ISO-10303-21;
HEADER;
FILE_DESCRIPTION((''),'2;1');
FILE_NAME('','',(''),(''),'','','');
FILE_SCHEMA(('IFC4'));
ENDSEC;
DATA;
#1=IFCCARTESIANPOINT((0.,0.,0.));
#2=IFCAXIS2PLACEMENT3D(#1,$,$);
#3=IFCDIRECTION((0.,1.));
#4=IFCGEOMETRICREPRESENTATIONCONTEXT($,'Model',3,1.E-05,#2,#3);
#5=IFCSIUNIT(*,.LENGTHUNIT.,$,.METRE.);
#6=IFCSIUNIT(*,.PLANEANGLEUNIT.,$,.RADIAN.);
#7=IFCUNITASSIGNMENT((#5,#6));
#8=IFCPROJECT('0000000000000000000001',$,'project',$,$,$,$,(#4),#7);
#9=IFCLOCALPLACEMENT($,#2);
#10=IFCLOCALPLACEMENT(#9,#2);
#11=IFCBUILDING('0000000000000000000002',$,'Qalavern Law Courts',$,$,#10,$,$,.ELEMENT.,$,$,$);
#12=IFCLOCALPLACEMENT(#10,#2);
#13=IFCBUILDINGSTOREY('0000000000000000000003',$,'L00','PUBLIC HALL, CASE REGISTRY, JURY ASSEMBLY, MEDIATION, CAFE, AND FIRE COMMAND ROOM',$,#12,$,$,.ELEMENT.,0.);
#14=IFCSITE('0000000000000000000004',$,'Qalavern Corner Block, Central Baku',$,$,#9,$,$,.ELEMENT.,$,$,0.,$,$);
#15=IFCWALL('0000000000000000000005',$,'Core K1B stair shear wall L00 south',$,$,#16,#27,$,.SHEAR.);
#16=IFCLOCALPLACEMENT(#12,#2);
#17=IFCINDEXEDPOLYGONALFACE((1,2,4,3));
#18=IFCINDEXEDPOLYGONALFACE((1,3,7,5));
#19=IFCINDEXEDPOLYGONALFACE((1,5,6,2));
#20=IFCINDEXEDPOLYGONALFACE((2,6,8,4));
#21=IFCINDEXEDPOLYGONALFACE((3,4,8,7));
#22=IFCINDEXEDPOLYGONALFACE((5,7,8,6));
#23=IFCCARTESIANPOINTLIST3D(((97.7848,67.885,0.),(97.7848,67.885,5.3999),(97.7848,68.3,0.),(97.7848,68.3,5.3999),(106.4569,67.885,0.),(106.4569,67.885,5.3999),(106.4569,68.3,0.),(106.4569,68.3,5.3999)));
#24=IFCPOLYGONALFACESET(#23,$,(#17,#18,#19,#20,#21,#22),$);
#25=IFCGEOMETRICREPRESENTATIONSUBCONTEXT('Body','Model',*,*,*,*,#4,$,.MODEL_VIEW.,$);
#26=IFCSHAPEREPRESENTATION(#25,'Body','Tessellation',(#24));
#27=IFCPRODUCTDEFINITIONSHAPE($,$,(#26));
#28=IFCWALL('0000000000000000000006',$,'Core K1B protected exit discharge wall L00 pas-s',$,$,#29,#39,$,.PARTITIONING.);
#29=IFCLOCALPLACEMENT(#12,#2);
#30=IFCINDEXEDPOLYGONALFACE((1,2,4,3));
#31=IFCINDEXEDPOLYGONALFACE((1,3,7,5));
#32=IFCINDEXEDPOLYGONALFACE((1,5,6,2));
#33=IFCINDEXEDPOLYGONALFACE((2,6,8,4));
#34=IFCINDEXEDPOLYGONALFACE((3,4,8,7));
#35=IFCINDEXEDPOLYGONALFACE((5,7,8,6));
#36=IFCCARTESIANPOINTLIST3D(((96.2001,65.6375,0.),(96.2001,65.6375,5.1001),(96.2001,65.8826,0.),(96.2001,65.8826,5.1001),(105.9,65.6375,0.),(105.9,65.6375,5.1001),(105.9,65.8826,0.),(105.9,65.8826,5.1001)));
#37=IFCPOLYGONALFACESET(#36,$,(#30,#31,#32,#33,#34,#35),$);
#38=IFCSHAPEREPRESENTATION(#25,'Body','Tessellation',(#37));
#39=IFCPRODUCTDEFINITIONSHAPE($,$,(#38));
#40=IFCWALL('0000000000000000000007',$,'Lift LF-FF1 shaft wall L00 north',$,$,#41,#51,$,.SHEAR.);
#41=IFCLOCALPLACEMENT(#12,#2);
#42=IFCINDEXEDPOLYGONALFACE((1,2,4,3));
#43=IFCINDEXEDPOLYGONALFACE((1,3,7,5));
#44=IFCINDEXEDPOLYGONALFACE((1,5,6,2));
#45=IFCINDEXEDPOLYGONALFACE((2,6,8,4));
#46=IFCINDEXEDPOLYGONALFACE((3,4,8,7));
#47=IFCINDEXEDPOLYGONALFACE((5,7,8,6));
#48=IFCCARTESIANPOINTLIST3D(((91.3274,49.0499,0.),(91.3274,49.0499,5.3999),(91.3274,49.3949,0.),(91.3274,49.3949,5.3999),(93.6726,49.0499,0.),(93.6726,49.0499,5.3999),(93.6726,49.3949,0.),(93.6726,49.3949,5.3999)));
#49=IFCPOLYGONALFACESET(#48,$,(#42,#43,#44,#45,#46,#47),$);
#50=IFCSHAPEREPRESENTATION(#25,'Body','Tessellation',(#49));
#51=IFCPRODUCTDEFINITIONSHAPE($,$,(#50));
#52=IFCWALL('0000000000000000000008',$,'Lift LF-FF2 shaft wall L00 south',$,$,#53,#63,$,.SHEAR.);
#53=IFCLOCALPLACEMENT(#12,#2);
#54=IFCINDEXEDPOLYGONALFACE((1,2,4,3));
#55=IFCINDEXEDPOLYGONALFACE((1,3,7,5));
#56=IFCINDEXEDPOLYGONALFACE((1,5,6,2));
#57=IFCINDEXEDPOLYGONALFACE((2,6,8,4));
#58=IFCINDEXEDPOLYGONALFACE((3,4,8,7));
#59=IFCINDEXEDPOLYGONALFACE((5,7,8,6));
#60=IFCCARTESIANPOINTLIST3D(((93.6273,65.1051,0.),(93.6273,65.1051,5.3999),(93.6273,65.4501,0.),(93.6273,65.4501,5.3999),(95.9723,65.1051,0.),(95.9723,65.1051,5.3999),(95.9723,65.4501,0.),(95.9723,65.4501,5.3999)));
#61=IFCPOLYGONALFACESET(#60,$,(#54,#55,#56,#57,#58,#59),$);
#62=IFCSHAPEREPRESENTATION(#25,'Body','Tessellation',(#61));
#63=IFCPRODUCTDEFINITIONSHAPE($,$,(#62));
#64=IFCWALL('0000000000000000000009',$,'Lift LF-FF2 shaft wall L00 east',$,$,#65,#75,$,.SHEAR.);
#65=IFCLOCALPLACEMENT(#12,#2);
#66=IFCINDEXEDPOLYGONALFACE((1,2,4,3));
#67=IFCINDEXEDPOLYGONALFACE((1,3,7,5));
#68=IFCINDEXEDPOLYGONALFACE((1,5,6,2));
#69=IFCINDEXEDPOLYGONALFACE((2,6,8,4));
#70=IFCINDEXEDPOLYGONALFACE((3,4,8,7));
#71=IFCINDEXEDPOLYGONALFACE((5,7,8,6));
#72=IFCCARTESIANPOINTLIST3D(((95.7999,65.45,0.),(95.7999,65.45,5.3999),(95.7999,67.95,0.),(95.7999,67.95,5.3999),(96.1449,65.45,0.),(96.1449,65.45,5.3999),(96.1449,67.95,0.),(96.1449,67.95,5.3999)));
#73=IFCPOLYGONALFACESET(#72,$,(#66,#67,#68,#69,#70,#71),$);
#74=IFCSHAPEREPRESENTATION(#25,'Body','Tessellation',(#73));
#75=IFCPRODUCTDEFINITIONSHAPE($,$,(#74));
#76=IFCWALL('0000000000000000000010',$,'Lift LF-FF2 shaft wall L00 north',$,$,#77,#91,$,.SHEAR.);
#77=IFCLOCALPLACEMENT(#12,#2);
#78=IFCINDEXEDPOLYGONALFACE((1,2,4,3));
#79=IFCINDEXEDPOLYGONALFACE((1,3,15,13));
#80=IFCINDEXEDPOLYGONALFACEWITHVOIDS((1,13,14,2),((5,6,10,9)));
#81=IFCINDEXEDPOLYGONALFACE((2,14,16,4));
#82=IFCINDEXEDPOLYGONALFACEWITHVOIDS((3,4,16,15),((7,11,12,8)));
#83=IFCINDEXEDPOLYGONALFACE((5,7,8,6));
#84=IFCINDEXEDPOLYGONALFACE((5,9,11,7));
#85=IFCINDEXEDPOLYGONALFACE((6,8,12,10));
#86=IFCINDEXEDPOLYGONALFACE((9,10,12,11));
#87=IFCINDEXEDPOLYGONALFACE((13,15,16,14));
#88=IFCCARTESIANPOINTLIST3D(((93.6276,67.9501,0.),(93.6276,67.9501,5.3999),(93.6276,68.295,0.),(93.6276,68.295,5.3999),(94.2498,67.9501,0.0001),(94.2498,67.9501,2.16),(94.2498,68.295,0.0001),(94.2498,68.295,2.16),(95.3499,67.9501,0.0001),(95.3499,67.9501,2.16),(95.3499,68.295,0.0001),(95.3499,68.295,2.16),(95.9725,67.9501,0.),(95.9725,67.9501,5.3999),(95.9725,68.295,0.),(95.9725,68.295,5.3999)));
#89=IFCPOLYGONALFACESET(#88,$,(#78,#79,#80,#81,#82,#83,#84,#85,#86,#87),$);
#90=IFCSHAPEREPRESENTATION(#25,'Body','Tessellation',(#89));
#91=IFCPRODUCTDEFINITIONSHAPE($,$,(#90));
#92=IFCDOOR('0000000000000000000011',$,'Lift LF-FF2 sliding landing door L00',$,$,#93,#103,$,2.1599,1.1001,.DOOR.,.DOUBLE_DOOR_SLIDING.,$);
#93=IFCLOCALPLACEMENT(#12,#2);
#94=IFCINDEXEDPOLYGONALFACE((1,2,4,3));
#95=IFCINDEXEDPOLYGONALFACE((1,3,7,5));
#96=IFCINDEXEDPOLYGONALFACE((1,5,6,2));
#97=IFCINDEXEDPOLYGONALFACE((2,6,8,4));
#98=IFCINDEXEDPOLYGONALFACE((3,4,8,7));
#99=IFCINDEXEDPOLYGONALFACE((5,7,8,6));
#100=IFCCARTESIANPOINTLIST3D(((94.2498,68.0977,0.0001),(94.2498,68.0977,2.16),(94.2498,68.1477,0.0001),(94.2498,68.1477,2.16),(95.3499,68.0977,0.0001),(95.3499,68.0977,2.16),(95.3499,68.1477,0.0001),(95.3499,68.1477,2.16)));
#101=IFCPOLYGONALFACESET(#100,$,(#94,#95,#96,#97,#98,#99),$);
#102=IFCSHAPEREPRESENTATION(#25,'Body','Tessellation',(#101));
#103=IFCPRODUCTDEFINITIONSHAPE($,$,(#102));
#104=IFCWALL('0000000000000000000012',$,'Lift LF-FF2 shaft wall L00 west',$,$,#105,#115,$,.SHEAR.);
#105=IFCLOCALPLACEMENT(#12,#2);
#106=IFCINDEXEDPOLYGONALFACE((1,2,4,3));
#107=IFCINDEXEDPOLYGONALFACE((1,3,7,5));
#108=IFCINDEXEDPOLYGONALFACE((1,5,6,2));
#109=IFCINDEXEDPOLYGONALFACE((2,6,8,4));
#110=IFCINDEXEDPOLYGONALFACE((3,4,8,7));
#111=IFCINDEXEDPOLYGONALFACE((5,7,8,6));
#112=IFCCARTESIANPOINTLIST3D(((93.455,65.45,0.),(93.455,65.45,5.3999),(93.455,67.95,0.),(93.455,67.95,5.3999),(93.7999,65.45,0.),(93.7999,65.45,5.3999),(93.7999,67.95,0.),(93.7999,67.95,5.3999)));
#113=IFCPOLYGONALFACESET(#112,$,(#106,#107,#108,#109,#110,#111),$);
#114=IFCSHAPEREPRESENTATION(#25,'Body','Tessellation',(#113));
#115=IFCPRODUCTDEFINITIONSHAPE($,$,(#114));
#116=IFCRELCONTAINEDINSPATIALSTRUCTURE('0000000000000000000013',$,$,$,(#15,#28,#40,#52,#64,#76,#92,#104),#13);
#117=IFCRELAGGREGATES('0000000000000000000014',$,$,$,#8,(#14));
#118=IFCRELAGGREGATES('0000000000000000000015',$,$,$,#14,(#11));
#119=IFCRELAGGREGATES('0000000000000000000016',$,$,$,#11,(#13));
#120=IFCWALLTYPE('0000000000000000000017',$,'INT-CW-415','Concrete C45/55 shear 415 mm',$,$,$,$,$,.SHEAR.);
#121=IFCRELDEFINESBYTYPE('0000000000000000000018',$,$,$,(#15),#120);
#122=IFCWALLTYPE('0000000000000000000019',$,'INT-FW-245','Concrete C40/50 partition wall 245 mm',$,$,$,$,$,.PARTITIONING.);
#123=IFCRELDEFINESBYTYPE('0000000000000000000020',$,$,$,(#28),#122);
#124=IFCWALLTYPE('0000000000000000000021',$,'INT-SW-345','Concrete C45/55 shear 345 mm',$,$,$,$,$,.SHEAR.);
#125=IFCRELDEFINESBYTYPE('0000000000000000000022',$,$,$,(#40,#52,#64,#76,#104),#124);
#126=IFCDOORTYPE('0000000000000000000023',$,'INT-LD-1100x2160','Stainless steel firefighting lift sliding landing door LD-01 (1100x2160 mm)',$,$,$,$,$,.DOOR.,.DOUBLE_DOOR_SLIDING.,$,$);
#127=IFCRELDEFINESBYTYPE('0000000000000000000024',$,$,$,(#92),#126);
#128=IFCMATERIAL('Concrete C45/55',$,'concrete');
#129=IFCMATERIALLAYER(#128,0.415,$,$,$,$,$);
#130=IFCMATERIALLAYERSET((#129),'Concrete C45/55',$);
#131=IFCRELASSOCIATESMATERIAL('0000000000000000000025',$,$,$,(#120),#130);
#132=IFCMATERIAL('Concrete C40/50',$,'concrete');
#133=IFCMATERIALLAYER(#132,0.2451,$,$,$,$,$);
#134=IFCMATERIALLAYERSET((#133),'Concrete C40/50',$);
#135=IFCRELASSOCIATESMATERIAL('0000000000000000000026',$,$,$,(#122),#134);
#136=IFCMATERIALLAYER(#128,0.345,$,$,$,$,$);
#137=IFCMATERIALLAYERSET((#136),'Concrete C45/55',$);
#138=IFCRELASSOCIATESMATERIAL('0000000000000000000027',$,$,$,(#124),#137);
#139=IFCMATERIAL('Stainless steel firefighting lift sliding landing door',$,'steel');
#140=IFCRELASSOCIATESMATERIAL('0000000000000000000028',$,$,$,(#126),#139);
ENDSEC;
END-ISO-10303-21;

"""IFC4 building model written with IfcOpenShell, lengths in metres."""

from ifc_helpers import new_model, si_unit, direction, frame, frame_2d, origin, place, context, subcontext, project, spatial, rectangle, extrude, material, layer, layer_set, type_object, element, fill, save


model = new_model("IFC4")

# Units and contexts
model_context = context("Model", 3, precision=1e-05, world=origin(), true_north=direction((0.0, 1.0)))
body_context = subcontext(model_context, "Body", "Model", "MODEL_VIEW")
ifc_project = project(units=[si_unit("LENGTHUNIT", "METRE"), si_unit("PLANEANGLEUNIT", "RADIAN")], contexts=[model_context])

# Site, building, storey
site_placement = place(None, origin())
site = spatial("IfcSite", under=ifc_project, at=site_placement, Name="Qalavern Corner Block, Central Baku", CompositionType="ELEMENT", RefElevation=0.0)
building_placement = place(site_placement, origin())
building = spatial("IfcBuilding", under=site, at=building_placement, Name="Qalavern Law Courts", CompositionType="ELEMENT")
storey_placement = place(building_placement, origin())
storey = spatial("IfcBuildingStorey", under=building, at=storey_placement, Name="L00", Description="PUBLIC HALL, CASE REGISTRY, JURY ASSEMBLY, MEDIATION, CAFE, AND FIRE COMMAND ROOM", CompositionType="ELEMENT", Elevation=0.0)

# Shared definitions
ifc_material_1 = material(Name="Concrete C45/55", Category="concrete")

# Shared definitions
ifc_material_2 = material(Name="Concrete C40/50", Category="concrete")

# Walls
ifc_layer_1 = layer(ifc_material_1, 0.415)
ifc_layer_set_1 = layer_set([ifc_layer_1], Name="Concrete C45/55")
wall_type_1 = type_object("IfcWallType", Name="INT-CW-415", Description="Concrete C45/55 shear 415 mm", PredefinedType="SHEAR", material=ifc_layer_set_1)
wall_1_placement = place(storey_placement, frame((97.7849, 68.0925, 0.0), z_axis=(0.0, 0.0, 1.0), x_axis=(1.0, 0.0, 0.0)))
element("IfcWall", 1, at=wall_1_placement, inside=storey, type_object=wall_type_1, Name="Core K1B stair shear wall L00 south", PredefinedType="SHEAR", context=body_context, shape_type="SweptSolid", body=[
    extrude(rectangle(XDim=8.6721, YDim=0.415, at=frame_2d((4.3359, 0.0))), origin(), (0.0, 0.0, 1.0), 5.3999),
])
ifc_layer_2 = layer(ifc_material_2, 0.2451)
ifc_layer_set_2 = layer_set([ifc_layer_2], Name="Concrete C40/50")
wall_type_2 = type_object("IfcWallType", Name="INT-FW-245", Description="Concrete C40/50 partition wall 245 mm", PredefinedType="PARTITIONING", material=ifc_layer_set_2)
wall_2_placement = place(storey_placement, frame((96.2, 65.76, 0.0), z_axis=(0.0, 0.0, 1.0), x_axis=(1.0, 0.0, 0.0)))
element("IfcWall", 2, at=wall_2_placement, inside=storey, type_object=wall_type_2, Name="Core K1B protected exit discharge wall L00 pas-s", PredefinedType="PARTITIONING", context=body_context, shape_type="SweptSolid", body=[
    extrude(rectangle(XDim=9.7, YDim=0.2451, at=frame_2d((4.8501, 0.0))), origin(), (0.0, 0.0, 1.0), 5.1001),
])
ifc_layer_3 = layer(ifc_material_1, 0.345)
ifc_layer_set_3 = layer_set([ifc_layer_3], Name="Concrete C45/55")
wall_type_3 = type_object("IfcWallType", Name="INT-SW-345", Description="Concrete C45/55 shear 345 mm", PredefinedType="SHEAR", material=ifc_layer_set_3)
wall_3_placement = place(storey_placement, frame((93.6726, 49.2224, 0.0), z_axis=(0.0, 0.0, 1.0), x_axis=(-1.0, 0.0, 0.0)))
element("IfcWall", 3, at=wall_3_placement, inside=storey, type_object=wall_type_3, Name="Lift LF-FF1 shaft wall L00 north", PredefinedType="SHEAR", context=body_context, shape_type="SweptSolid", body=[
    extrude(rectangle(XDim=2.3452, YDim=0.345, at=frame_2d((1.1726, 0.0))), origin(), (0.0, 0.0, 1.0), 5.3999),
])
wall_4_placement = place(storey_placement, frame((93.6274, 65.2776, 0.0), z_axis=(0.0, 0.0, 1.0), x_axis=(1.0, 0.0, 0.0)))
element("IfcWall", 4, at=wall_4_placement, inside=storey, type_object=wall_type_3, Name="Lift LF-FF2 shaft wall L00 south", PredefinedType="SHEAR", context=body_context, shape_type="SweptSolid", body=[
    extrude(rectangle(XDim=2.345, YDim=0.345, at=frame_2d((1.1724, 0.0))), origin(), (0.0, 0.0, 1.0), 5.3999),
])
wall_5_placement = place(storey_placement, frame((95.9724, 65.45, 0.0), z_axis=(0.0, 0.0, 1.0), x_axis=(0.0, 1.0, 0.0)))
element("IfcWall", 5, at=wall_5_placement, inside=storey, type_object=wall_type_3, Name="Lift LF-FF2 shaft wall L00 east", PredefinedType="SHEAR", context=body_context, shape_type="SweptSolid", body=[
    extrude(rectangle(XDim=2.5, YDim=0.345, at=frame_2d((1.25, 0.0))), origin(), (0.0, 0.0, 1.0), 5.3999),
])

# Wall, opening, door
wall_6_placement = place(storey_placement, frame((95.9724, 68.1226, 0.0), z_axis=(0.0, 0.0, 1.0), x_axis=(-1.0, 0.0, 0.0)))
wall_6 = element("IfcWall", 6, at=wall_6_placement, inside=storey, type_object=wall_type_3, Name="Lift LF-FF2 shaft wall L00 north", PredefinedType="SHEAR", context=body_context, shape_type="SweptSolid", body=[
    extrude(rectangle(XDim=2.345, YDim=0.345, at=frame_2d((1.1724, 0.0))), origin(), (0.0, 0.0, 1.0), 5.3999),
])
opening_placement = place(wall_6_placement, frame((0.6226, 0.0, 0.0)))
opening = element("IfcOpeningElement", 7, at=opening_placement, cuts=wall_6, PredefinedType="OPENING", context=body_context, shape_type="SweptSolid", body=[
    extrude(rectangle(XDim=1.1001, YDim=2.1599, at=frame_2d((0.55, 1.0801))), frame((0.0, 0.1875, 0.0), z_axis=(0.0, -1.0, 0.0), x_axis=(1.0, 0.0, 0.0)), (0.0, 0.0, 1.0), 0.3748),
])
ifc_material_3 = material(Name="Stainless steel firefighting lift sliding landing door", Category="steel")
door_type = type_object("IfcDoorType", Name="INT-LD-1100x2160", Description="Stainless steel firefighting lift sliding landing door LD-01 (1100x2160 mm)", OperationType="DOUBLE_DOOR_SLIDING", PredefinedType="DOOR", material=ifc_material_3)
door_placement = place(opening_placement, origin())
door = element("IfcDoor", 8, at=door_placement, inside=storey, type_object=door_type, Name="Lift LF-FF2 sliding landing door L00", OperationType="DOUBLE_DOOR_SLIDING", OverallHeight=2.1599, OverallWidth=1.1001, PredefinedType="DOOR", context=body_context, shape_type="SweptSolid", body=[
    extrude(rectangle(XDim=1.1001, YDim=2.1599, at=frame_2d((0.55, 1.0801))), frame((0.0, 0.0249, 0.0), z_axis=(0.0, -1.0, 0.0), x_axis=(1.0, 0.0, 0.0)), (0.0, 0.0, 1.0), 0.05),
])
fill(opening, door)

# Wall
wall_7_placement = place(storey_placement, frame((93.6274, 67.95, 0.0), z_axis=(0.0, 0.0, 1.0), x_axis=(0.0, -1.0, 0.0)))
element("IfcWall", 9, at=wall_7_placement, inside=storey, type_object=wall_type_3, Name="Lift LF-FF2 shaft wall L00 west", PredefinedType="SHEAR", context=body_context, shape_type="SweptSolid", body=[
    extrude(rectangle(XDim=2.5, YDim=0.345, at=frame_2d((1.25, 0.0))), origin(), (0.0, 0.0, 1.0), 5.3999),
])

save(model, "model.ifc")
